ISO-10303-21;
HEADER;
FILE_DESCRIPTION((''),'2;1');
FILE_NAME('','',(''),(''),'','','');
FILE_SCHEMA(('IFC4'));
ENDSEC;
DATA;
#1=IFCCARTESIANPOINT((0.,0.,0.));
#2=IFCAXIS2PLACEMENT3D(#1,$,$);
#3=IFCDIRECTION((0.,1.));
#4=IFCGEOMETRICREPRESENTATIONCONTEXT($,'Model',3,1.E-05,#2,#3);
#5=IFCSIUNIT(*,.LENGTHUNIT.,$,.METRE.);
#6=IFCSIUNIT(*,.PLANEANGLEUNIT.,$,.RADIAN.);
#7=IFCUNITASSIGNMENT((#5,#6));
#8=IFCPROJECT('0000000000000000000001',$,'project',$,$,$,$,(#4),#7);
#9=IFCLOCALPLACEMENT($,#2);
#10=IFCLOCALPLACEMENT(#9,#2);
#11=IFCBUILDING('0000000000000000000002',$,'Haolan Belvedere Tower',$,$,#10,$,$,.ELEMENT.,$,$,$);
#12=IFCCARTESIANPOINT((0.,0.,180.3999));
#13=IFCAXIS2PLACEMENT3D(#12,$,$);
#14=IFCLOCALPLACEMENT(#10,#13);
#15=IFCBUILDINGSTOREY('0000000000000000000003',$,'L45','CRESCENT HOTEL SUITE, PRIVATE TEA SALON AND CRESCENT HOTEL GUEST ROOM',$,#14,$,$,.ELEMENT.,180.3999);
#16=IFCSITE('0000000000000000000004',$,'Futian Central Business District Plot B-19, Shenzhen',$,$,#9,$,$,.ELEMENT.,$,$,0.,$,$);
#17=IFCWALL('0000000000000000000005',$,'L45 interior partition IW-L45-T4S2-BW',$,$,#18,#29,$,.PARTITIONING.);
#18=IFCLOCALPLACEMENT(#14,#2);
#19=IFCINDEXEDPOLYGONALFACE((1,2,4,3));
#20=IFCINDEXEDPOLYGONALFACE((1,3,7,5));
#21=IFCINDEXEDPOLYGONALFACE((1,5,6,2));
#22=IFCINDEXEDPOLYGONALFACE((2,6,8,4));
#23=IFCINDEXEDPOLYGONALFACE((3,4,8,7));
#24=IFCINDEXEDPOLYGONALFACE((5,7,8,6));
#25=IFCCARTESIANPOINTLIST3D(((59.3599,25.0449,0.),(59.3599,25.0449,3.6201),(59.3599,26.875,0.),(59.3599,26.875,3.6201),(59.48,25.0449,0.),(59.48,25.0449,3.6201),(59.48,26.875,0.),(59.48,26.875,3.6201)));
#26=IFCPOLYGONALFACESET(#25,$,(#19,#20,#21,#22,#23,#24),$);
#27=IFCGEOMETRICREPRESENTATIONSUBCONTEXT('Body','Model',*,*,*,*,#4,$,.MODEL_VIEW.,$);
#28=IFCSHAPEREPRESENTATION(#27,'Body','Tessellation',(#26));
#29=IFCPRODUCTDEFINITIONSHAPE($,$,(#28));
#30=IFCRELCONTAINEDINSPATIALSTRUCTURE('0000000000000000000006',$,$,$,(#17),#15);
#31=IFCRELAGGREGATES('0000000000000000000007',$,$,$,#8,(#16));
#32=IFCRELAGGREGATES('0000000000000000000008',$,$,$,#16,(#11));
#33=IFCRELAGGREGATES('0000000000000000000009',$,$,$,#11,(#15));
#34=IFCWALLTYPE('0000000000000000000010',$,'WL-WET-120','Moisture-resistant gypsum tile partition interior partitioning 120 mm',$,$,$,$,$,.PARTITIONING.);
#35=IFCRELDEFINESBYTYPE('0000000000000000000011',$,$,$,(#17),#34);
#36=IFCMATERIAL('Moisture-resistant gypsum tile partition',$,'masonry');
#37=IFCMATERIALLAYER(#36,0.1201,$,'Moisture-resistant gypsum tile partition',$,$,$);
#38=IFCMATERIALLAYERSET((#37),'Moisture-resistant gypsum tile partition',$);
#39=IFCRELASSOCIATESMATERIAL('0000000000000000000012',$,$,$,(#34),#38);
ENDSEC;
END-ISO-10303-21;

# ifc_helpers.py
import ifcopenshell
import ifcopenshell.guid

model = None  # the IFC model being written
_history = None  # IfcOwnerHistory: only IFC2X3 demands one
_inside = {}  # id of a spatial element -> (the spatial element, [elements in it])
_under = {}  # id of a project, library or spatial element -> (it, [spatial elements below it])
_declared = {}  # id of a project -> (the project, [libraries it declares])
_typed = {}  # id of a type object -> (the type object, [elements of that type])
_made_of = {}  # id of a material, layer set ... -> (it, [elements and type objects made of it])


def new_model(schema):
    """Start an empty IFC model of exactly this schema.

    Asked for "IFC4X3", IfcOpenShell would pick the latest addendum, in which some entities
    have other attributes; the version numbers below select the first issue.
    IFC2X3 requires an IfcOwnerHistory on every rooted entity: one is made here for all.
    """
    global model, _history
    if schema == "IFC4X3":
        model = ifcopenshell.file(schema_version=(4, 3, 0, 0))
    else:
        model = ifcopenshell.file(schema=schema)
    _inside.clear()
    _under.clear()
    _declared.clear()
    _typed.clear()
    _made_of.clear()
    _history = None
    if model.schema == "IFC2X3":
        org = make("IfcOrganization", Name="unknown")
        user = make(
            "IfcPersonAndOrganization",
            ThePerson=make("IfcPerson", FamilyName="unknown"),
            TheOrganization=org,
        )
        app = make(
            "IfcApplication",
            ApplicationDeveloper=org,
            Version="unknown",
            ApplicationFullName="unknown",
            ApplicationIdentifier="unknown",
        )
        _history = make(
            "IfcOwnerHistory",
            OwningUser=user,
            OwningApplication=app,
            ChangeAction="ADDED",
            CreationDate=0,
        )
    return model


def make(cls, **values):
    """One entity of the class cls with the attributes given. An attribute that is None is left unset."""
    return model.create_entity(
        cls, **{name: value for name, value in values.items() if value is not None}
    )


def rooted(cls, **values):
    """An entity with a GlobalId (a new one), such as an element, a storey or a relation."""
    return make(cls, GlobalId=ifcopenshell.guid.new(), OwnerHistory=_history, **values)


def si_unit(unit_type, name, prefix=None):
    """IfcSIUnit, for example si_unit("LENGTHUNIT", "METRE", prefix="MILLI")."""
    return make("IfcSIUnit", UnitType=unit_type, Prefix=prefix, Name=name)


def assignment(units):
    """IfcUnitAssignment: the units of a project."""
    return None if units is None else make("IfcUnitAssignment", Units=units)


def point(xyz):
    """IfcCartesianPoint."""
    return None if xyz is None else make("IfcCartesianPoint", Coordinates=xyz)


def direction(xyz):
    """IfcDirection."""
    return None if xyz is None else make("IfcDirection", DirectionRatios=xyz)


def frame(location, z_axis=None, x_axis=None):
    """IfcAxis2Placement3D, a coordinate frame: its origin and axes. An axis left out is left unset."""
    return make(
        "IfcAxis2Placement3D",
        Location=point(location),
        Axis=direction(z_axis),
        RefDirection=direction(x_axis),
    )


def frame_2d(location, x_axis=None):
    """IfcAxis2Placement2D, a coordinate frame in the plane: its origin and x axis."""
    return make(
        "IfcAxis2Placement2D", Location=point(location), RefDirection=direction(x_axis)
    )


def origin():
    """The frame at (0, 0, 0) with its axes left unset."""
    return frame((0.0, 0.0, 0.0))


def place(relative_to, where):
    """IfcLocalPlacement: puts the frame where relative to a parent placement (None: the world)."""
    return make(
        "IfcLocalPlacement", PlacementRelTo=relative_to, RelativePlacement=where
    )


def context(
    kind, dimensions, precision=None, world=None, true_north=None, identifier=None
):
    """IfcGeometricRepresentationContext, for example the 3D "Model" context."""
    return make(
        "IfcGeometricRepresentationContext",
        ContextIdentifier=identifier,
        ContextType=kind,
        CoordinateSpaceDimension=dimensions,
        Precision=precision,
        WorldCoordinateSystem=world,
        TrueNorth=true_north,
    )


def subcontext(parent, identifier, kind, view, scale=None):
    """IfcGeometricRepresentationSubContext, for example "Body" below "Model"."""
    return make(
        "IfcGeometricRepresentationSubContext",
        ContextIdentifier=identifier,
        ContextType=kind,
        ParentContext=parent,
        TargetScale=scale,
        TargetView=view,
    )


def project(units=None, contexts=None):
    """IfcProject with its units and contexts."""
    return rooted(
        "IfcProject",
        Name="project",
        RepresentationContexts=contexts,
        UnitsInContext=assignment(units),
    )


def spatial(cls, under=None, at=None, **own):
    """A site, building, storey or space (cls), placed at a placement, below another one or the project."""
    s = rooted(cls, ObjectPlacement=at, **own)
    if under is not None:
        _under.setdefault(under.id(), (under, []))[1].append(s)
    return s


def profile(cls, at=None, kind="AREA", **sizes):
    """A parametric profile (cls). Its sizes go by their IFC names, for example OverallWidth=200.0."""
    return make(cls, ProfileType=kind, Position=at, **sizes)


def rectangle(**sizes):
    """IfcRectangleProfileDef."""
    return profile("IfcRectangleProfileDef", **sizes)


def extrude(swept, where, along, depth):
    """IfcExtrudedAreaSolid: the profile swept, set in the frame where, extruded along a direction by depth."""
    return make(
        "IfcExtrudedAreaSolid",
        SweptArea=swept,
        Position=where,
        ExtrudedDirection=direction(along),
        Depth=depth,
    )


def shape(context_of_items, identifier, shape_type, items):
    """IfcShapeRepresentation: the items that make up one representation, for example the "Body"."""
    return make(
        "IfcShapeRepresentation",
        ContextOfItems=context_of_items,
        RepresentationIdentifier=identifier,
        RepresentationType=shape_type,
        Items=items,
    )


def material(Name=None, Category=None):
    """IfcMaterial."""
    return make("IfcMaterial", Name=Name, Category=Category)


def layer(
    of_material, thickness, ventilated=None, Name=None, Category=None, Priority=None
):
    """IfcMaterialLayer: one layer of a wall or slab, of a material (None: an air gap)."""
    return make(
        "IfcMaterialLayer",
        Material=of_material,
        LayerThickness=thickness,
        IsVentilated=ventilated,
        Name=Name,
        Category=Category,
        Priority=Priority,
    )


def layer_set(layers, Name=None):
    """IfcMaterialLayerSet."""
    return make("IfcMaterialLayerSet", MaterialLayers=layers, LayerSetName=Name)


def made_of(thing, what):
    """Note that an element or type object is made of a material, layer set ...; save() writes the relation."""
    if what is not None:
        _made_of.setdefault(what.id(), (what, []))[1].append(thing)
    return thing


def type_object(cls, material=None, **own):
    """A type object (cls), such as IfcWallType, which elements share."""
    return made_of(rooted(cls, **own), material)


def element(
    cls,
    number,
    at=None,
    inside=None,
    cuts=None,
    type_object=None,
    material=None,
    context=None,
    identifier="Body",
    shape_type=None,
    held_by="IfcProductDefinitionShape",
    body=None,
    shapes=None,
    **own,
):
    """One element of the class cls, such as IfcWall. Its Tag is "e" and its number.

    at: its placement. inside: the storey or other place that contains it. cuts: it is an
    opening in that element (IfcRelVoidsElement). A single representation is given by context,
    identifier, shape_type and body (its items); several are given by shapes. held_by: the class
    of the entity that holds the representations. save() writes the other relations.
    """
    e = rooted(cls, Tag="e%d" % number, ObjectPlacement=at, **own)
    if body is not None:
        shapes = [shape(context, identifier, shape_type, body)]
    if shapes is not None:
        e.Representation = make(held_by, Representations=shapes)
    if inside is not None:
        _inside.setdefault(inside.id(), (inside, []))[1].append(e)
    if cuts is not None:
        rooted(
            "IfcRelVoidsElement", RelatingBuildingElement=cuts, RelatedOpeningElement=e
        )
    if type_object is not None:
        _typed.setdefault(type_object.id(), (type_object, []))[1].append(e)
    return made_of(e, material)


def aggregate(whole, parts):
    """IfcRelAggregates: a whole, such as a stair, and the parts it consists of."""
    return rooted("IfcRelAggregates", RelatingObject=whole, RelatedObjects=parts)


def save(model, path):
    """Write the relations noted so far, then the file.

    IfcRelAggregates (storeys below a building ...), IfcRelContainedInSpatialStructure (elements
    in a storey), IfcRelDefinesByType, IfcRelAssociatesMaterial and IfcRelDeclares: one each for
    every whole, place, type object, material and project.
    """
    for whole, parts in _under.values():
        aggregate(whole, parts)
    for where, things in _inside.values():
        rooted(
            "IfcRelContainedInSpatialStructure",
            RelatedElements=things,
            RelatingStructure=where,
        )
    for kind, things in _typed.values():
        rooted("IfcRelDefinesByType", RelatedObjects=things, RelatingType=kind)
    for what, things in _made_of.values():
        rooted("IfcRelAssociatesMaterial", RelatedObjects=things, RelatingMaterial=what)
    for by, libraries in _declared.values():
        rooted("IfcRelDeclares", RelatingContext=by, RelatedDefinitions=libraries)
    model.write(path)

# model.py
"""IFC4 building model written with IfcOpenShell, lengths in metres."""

from ifc_helpers import new_model, si_unit, direction, frame, frame_2d, origin, place, context, subcontext, project, spatial, rectangle, extrude, material, layer, layer_set, type_object, element, save


model = new_model("IFC4")

# Units and contexts
model_context = context("Model", 3, precision=1e-05, world=origin(), true_north=direction((0.0, 1.0)))
body_context = subcontext(model_context, "Body", "Model", "MODEL_VIEW")
ifc_project = project(units=[si_unit("LENGTHUNIT", "METRE"), si_unit("PLANEANGLEUNIT", "RADIAN")], contexts=[model_context])

# Site, building, storey
site_placement = place(None, origin())
site = spatial("IfcSite", under=ifc_project, at=site_placement, Name="Futian Central Business District Plot B-19, Shenzhen", CompositionType="ELEMENT", RefElevation=0.0)
building_placement = place(site_placement, origin())
building = spatial("IfcBuilding", under=site, at=building_placement, Name="Haolan Belvedere Tower", CompositionType="ELEMENT")
storey_placement = place(building_placement, frame((0.0, 0.0, 180.3999)))
storey = spatial("IfcBuildingStorey", under=building, at=storey_placement, Name="L45", Description="CRESCENT HOTEL SUITE, PRIVATE TEA SALON AND CRESCENT HOTEL GUEST ROOM", CompositionType="ELEMENT", Elevation=180.3999)

# Shared definitions
ifc_material_1 = material(Name="Moisture-resistant gypsum tile partition", Category="masonry")
ifc_layer_1 = layer(ifc_material_1, 0.1201, Name="Moisture-resistant gypsum tile partition")
ifc_layer_set_1 = layer_set([ifc_layer_1], Name="Moisture-resistant gypsum tile partition")
wall_type_1 = type_object("IfcWallType", Name="WL-WET-120", Description="Moisture-resistant gypsum tile partition interior partitioning 120 mm", PredefinedType="PARTITIONING", material=ifc_layer_set_1)

# Wall
wall_1_placement = place(storey_placement, frame((59.4199, 25.0449, 0.0), z_axis=(0.0, 0.0, 1.0), x_axis=(0.0, 1.0, 0.0)))
element("IfcWall", 1, at=wall_1_placement, inside=storey, type_object=wall_type_1, Name="L45 interior partition IW-L45-T4S2-BW", PredefinedType="PARTITIONING", context=body_context, shape_type="SweptSolid", body=[
    extrude(rectangle(XDim=1.8301, YDim=0.1201, at=frame_2d((0.915, 0.0))), origin(), (0.0, 0.0, 1.0), 3.6201),
])

save(model, "model.ifc")
